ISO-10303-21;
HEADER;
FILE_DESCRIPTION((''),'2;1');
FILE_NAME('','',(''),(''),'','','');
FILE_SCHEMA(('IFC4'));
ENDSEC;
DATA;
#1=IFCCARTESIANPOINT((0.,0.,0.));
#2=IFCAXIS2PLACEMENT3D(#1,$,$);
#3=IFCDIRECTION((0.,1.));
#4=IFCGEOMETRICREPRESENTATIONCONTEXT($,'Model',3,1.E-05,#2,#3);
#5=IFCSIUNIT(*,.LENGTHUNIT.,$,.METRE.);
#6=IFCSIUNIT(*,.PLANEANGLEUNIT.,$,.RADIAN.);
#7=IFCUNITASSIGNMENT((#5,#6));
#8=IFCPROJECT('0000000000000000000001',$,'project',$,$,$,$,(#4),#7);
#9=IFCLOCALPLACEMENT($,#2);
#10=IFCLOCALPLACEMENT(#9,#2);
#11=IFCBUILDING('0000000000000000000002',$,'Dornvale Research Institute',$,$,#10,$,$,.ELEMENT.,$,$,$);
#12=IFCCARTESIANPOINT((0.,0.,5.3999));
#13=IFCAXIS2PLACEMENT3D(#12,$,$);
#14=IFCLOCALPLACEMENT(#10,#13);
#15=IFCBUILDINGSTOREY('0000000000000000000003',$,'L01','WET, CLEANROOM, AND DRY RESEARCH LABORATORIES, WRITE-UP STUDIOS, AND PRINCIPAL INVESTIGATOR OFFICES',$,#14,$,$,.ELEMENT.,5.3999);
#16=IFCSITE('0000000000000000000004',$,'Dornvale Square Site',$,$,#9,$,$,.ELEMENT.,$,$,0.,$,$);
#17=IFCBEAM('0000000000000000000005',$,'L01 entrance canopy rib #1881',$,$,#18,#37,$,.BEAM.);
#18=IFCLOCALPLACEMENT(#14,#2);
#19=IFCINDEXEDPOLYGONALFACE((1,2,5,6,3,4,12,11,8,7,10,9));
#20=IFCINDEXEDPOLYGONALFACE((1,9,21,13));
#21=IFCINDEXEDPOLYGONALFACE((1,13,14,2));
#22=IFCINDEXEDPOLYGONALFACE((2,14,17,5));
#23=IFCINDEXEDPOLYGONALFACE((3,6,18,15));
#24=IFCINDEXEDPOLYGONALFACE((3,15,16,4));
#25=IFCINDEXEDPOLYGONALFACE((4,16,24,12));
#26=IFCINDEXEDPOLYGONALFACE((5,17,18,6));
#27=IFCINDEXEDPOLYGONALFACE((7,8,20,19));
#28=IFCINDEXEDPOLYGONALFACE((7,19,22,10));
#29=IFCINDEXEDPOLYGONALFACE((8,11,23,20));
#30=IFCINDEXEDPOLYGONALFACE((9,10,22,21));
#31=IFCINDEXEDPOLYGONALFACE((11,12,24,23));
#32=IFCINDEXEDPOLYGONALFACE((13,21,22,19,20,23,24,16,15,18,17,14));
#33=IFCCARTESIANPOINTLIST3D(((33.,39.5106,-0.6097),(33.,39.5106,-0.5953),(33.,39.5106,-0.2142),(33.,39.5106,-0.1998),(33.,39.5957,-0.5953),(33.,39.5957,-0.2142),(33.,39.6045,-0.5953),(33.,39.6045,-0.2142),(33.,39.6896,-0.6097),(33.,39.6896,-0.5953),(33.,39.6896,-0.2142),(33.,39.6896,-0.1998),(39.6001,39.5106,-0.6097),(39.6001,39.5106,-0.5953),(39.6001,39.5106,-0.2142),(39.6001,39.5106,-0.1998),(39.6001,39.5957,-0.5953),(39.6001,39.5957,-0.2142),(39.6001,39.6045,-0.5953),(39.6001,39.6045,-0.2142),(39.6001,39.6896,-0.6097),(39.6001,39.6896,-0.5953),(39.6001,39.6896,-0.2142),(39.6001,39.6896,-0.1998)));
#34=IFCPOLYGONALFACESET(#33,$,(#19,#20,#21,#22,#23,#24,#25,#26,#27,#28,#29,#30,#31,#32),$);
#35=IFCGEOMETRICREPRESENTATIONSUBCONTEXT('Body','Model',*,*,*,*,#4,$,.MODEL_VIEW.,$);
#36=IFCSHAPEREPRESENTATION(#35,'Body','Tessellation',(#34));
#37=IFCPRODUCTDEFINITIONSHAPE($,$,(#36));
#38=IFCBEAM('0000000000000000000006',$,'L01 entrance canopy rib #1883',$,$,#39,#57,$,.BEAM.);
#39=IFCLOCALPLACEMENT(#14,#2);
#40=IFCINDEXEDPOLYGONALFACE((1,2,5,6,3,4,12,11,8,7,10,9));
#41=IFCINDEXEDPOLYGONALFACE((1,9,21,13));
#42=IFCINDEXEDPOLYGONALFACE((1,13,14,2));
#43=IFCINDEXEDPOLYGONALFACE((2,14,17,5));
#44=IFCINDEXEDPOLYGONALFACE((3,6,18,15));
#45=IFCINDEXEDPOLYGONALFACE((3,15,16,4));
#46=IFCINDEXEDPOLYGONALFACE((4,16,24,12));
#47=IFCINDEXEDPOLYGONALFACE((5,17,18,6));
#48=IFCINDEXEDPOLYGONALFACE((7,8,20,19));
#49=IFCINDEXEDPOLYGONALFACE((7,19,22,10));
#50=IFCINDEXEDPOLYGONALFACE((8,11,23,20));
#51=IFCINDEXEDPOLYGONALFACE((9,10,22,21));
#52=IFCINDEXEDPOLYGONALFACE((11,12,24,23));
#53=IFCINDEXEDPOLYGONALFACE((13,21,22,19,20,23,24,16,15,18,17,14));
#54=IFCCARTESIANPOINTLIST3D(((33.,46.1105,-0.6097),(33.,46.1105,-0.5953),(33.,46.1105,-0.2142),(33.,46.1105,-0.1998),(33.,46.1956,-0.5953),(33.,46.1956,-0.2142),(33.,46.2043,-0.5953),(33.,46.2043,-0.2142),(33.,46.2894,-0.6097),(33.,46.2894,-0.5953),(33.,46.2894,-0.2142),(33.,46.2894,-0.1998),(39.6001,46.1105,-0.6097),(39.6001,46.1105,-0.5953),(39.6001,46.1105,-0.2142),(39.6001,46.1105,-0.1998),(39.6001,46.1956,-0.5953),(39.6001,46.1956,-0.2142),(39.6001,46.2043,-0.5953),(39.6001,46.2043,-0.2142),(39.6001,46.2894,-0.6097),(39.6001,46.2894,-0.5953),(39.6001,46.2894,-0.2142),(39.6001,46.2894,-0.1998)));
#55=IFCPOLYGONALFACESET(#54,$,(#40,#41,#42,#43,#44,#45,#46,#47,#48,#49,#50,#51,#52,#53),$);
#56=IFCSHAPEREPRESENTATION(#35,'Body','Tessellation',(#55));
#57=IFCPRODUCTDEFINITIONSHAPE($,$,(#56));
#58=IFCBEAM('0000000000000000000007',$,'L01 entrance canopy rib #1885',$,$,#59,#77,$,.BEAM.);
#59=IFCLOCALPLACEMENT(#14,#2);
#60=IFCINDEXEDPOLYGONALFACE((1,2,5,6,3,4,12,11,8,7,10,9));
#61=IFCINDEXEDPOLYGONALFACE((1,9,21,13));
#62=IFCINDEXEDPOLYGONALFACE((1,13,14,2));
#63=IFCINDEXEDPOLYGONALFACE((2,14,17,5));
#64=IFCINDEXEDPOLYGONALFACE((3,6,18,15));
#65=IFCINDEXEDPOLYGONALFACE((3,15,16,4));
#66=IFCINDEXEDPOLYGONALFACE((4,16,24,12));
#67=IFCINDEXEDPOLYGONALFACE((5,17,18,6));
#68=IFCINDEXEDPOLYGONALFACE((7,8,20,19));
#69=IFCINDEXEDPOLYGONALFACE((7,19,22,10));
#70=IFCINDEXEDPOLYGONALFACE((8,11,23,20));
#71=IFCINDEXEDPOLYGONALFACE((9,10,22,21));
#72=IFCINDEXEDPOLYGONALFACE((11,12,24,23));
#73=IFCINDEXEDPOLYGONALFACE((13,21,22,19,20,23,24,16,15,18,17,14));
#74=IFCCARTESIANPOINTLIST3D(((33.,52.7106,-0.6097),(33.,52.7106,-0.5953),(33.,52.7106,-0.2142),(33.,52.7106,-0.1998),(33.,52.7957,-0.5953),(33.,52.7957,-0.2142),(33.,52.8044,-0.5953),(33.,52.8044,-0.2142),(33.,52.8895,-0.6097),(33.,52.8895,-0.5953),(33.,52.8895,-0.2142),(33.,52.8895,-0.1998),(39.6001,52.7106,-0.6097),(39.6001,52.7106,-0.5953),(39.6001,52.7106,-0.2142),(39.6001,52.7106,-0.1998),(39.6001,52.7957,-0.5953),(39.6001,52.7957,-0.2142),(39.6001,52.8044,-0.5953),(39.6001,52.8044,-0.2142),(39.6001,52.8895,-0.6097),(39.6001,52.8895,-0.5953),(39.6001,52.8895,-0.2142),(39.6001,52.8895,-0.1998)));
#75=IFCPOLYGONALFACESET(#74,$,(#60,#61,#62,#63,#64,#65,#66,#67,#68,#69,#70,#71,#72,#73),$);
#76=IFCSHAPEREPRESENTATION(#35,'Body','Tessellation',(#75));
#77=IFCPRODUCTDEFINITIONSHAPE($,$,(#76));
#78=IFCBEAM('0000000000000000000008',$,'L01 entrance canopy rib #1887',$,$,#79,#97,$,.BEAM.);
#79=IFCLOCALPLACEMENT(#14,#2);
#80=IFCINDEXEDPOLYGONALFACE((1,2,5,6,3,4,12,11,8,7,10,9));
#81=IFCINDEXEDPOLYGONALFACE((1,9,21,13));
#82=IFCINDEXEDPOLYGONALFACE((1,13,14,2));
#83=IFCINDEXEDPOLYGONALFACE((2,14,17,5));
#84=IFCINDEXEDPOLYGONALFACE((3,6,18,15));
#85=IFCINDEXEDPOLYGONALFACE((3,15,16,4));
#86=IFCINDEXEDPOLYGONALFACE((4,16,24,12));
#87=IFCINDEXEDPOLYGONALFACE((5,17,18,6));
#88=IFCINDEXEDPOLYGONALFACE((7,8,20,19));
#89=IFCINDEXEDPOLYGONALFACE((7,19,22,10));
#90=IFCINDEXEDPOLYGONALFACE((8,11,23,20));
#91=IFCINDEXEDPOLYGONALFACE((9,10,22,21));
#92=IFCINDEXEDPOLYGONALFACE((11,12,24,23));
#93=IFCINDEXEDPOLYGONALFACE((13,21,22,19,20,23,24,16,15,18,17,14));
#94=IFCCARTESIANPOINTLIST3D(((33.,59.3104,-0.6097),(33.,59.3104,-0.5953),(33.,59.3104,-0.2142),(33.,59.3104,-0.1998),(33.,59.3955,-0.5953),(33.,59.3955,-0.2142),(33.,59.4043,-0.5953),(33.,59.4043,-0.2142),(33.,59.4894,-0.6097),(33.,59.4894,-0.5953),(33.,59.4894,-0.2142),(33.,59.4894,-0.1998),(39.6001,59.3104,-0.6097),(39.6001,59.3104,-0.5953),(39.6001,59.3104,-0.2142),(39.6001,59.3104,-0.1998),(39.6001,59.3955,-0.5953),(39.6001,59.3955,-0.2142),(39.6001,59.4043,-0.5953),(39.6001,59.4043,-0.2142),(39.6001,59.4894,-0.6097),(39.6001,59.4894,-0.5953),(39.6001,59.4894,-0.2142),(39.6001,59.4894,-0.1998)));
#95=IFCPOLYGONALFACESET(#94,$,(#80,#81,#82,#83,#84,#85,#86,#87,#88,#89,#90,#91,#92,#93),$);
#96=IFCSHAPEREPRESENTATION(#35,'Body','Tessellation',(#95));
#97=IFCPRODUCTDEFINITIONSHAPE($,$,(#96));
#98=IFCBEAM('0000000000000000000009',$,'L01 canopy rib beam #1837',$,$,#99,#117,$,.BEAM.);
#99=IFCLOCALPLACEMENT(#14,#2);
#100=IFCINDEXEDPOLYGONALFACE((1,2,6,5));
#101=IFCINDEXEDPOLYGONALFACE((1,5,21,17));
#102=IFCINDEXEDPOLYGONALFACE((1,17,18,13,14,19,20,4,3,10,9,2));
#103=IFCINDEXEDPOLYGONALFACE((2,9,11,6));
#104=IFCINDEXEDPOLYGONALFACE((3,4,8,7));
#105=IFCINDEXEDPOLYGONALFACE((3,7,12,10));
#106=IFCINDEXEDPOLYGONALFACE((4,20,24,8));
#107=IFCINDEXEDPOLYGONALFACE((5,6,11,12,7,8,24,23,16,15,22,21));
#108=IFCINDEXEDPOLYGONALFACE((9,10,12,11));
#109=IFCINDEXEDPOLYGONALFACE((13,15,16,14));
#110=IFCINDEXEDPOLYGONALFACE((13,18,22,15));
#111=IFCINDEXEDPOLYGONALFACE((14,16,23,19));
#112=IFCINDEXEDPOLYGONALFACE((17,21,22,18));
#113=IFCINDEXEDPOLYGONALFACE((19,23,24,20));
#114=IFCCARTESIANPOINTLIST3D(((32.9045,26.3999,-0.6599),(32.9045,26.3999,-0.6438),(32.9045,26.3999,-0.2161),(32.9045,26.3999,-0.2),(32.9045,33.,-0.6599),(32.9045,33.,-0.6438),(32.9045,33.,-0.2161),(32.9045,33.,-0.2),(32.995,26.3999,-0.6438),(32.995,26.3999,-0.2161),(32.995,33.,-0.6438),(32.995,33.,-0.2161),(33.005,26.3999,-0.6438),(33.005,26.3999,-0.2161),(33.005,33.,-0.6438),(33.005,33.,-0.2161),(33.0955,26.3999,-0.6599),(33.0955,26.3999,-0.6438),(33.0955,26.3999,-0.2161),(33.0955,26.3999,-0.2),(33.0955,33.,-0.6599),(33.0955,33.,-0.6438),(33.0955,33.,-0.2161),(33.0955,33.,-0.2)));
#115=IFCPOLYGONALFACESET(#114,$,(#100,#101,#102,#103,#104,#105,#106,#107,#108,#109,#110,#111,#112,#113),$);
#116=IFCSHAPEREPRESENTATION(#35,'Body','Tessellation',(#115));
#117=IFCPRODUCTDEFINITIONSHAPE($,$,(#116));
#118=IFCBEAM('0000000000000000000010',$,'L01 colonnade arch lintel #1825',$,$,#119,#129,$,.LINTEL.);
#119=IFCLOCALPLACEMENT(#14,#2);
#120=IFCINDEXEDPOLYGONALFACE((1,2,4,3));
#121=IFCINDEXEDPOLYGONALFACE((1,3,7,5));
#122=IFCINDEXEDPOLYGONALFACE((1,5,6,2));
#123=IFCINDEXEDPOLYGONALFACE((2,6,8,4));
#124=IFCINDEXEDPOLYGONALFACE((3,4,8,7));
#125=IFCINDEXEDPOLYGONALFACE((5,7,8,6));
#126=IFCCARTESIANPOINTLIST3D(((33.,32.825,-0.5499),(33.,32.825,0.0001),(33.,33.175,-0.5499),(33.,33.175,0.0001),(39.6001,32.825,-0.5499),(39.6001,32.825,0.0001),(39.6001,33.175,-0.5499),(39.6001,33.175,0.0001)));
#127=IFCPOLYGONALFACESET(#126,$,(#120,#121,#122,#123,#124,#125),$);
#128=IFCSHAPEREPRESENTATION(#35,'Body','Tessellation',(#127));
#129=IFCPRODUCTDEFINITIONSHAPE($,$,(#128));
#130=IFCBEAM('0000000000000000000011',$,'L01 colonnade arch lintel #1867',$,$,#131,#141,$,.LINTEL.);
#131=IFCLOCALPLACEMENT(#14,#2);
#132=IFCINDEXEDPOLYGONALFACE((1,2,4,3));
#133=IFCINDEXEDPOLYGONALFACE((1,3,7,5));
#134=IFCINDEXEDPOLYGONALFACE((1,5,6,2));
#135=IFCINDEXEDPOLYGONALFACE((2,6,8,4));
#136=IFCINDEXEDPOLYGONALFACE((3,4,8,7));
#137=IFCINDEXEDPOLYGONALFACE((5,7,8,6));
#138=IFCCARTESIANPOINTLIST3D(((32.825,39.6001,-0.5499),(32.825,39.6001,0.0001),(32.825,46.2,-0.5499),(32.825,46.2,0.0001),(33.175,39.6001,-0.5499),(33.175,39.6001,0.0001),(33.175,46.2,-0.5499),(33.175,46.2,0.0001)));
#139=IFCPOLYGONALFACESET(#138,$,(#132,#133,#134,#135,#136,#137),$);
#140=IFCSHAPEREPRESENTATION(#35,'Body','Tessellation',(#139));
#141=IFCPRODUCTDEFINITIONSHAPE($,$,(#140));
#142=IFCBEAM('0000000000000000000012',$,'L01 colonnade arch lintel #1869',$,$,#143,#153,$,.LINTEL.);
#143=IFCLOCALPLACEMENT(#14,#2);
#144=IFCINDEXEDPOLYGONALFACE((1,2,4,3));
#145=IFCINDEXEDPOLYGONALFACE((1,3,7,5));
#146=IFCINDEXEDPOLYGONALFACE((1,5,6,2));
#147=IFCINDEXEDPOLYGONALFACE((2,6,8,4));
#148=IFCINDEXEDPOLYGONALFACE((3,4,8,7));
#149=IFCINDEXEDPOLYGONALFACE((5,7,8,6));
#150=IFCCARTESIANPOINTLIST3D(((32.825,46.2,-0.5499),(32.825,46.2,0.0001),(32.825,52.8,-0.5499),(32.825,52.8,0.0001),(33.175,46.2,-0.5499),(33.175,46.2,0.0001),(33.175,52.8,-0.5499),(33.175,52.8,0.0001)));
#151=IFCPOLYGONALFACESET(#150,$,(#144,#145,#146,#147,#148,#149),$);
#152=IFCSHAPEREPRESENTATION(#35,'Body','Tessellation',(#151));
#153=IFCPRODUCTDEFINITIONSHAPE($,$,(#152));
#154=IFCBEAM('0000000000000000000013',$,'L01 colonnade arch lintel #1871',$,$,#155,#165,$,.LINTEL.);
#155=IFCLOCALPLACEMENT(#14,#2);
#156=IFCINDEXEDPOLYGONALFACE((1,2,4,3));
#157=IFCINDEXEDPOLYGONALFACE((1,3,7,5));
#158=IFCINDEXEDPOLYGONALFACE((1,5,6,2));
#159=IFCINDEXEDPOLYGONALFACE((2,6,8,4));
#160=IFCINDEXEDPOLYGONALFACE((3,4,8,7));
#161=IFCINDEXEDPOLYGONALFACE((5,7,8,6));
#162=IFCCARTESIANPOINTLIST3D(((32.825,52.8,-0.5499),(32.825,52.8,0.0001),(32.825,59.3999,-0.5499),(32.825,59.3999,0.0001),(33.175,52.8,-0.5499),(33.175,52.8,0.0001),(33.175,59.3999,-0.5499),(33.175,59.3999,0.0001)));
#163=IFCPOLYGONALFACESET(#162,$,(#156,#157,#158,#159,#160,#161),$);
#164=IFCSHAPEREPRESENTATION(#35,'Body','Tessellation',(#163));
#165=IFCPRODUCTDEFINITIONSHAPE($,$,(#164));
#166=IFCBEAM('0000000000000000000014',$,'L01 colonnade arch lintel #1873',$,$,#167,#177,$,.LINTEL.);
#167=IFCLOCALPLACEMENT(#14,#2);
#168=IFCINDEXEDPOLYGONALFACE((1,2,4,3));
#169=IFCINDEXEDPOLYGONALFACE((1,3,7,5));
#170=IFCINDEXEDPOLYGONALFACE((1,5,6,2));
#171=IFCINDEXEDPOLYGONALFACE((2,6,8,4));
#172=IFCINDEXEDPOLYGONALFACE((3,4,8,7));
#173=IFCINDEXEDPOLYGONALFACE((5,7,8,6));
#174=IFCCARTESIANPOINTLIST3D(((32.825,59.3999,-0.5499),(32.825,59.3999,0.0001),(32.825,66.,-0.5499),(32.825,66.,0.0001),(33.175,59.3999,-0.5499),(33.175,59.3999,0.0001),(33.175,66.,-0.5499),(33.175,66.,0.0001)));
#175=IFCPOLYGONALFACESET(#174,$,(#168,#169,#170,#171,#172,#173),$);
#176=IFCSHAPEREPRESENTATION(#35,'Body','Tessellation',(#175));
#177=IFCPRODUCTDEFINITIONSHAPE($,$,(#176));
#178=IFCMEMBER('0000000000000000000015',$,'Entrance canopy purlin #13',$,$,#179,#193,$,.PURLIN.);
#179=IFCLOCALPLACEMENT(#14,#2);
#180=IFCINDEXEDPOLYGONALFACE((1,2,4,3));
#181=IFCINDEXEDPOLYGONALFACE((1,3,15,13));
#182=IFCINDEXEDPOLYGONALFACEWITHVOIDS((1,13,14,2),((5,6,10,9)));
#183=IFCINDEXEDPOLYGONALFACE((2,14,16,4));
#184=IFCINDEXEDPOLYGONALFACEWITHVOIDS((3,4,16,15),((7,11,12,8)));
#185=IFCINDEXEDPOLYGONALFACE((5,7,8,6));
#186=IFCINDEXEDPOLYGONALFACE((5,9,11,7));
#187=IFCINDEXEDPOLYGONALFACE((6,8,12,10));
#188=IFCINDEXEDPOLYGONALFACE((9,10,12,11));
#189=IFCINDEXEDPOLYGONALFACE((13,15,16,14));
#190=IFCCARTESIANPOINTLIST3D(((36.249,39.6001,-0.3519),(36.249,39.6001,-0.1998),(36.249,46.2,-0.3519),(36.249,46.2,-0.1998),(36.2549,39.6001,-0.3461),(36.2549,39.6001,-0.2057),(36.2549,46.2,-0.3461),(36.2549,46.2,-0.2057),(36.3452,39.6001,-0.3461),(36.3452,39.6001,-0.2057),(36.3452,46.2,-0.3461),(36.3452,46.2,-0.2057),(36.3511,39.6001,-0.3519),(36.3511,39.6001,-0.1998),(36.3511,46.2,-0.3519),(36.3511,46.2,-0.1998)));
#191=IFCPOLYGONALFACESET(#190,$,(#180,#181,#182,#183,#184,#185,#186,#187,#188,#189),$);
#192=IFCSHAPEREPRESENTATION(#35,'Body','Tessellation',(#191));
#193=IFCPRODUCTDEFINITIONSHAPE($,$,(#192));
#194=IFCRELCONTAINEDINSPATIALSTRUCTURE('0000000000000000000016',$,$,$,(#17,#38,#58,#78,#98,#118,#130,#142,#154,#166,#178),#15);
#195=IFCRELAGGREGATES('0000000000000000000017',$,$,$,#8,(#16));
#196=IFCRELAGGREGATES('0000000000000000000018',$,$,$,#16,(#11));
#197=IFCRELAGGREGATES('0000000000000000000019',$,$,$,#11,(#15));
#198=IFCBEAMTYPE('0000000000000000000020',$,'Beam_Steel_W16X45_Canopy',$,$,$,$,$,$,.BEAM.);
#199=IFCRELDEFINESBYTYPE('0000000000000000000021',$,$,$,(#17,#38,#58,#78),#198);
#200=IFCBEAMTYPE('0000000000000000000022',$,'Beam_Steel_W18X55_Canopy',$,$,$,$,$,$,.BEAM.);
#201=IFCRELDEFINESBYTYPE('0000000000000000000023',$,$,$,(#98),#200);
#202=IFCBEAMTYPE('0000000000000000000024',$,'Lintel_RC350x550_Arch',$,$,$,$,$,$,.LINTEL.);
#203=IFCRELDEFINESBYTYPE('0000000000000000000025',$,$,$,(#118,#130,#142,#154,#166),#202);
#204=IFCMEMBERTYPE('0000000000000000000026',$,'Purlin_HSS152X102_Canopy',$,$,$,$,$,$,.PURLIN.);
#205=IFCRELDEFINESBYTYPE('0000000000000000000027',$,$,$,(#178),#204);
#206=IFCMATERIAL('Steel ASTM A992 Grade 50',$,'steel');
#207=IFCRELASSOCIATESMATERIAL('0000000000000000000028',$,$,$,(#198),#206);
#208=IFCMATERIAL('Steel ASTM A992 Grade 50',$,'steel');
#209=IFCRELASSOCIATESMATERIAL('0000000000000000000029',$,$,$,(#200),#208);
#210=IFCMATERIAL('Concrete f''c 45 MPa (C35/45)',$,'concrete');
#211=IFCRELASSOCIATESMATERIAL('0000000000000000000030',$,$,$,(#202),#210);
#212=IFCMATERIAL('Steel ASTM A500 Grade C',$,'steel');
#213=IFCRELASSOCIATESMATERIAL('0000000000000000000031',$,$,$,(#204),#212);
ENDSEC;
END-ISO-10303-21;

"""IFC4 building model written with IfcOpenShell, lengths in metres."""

from ifc_helpers import new_model, si_unit, direction, frame, origin, origin_2d, place, context, subcontext, project, spatial, rectangle, hollow_rectangle, i_section, extrude, material, material_profile, profile_set, type_object, element, save


model = new_model("IFC4")

# Units and contexts
model_context = context("Model", 3, precision=1e-05, world=origin(), true_north=direction((0.0, 1.0)))
body_context = subcontext(model_context, "Body", "Model", "MODEL_VIEW")
ifc_project = project(units=[si_unit("LENGTHUNIT", "METRE"), si_unit("PLANEANGLEUNIT", "RADIAN")], contexts=[model_context])

# Site, building, storey
site_placement = place(None, origin())
site = spatial("IfcSite", under=ifc_project, at=site_placement, Name="Dornvale Square Site", CompositionType="ELEMENT", RefElevation=0.0)
building_placement = place(site_placement, origin())
building = spatial("IfcBuilding", under=site, at=building_placement, Name="Dornvale Research Institute", CompositionType="ELEMENT")
storey_placement = place(building_placement, frame((0.0, 0.0, 5.3999)))
storey = spatial("IfcBuildingStorey", under=building, at=storey_placement, Name="L01", Description="WET, CLEANROOM, AND DRY RESEARCH LABORATORIES, WRITE-UP STUDIOS, AND PRINCIPAL INVESTIGATOR OFFICES", CompositionType="ELEMENT", Elevation=5.3999)

# Beams
ifc_material_1 = material(Name="Steel ASTM A992 Grade 50", Category="steel")
ifc_material_profile_1 = material_profile(ifc_material_1, i_section(OverallWidth=0.179, OverallDepth=0.4099, WebThickness=0.0088, FlangeThickness=0.0144, at=origin_2d()), Name="W16X45")
ifc_profile_set_1 = profile_set([ifc_material_profile_1], Name="Steel ASTM A992 Grade 50")
beam_type_1 = type_object("IfcBeamType", Name="Beam_Steel_W16X45_Canopy", PredefinedType="BEAM", material=ifc_profile_set_1)
for number, where, z_axis, x_axis, name in (
    (1, (33.0, 39.6001, -0.4048), (1.0, 0.0, 0.0), (0.0, 1.0, 0.0), "L01 entrance canopy rib #1881"),
    (2, (33.0, 46.2, -0.4048), (1.0, 0.0, 0.0), (0.0, 1.0, 0.0), "L01 entrance canopy rib #1883"),
    (3, (33.0, 52.8, -0.4048), (1.0, 0.0, 0.0), (0.0, 1.0, 0.0), "L01 entrance canopy rib #1885"),
    (4, (33.0, 59.3999, -0.4048), (1.0, 0.0, 0.0), (0.0, 1.0, 0.0), "L01 entrance canopy rib #1887"),
):
    element("IfcBeam", number, at=place(storey_placement, frame(where, z_axis=z_axis, x_axis=x_axis)), inside=storey, type_object=beam_type_1, Name=name, PredefinedType="BEAM", context=body_context, shape_type="SweptSolid", body=[
        extrude(i_section(OverallWidth=0.179, OverallDepth=0.4099, WebThickness=0.0088, FlangeThickness=0.0144, at=origin_2d()), origin(), (0.0, 0.0, 1.0), 6.6001),
    ])
ifc_material_2 = material(Name="Steel ASTM A992 Grade 50", Category="steel")
ifc_material_profile_2 = material_profile(ifc_material_2, i_section(OverallWidth=0.1909, OverallDepth=0.46, WebThickness=0.01, FlangeThickness=0.0161, at=origin_2d()), Name="W18X55")
ifc_profile_set_2 = profile_set([ifc_material_profile_2], Name="Steel ASTM A992 Grade 50")
beam_type_2 = type_object("IfcBeamType", Name="Beam_Steel_W18X55_Canopy", PredefinedType="BEAM", material=ifc_profile_set_2)
beam_1_placement = place(storey_placement, frame((33.0, 26.3999, -0.4299), z_axis=(0.0, 1.0, 0.0), x_axis=(-1.0, 0.0, 0.0)))
element("IfcBeam", 5, at=beam_1_placement, inside=storey, type_object=beam_type_2, Name="L01 canopy rib beam #1837", PredefinedType="BEAM", context=body_context, shape_type="SweptSolid", body=[
    extrude(i_section(OverallWidth=0.1909, OverallDepth=0.46, WebThickness=0.01, FlangeThickness=0.0161, at=origin_2d()), origin(), (0.0, 0.0, 1.0), 6.6001),
])
ifc_material_3 = material(Name="Concrete f'c 45 MPa (C35/45)", Category="concrete")
ifc_material_profile_3 = material_profile(ifc_material_3, rectangle(XDim=0.3501, YDim=0.55, at=origin_2d()), Name="RC 350x550")
ifc_profile_set_3 = profile_set([ifc_material_profile_3], Name="Concrete f'c 45 MPa (C35/45)")
beam_type_3 = type_object("IfcBeamType", Name="Lintel_RC350x550_Arch", PredefinedType="LINTEL", material=ifc_profile_set_3)
beam_2_placement = place(storey_placement, frame((33.0, 33.0, -0.2749), z_axis=(1.0, 0.0, 0.0), x_axis=(0.0, 1.0, 0.0)))
element("IfcBeam", 6, at=beam_2_placement, inside=storey, type_object=beam_type_3, Name="L01 colonnade arch lintel #1825", PredefinedType="LINTEL", context=body_context, shape_type="SweptSolid", body=[
    extrude(rectangle(XDim=0.3501, YDim=0.55, at=origin_2d()), origin(), (0.0, 0.0, 1.0), 6.6001),
])
beam_3_placement = place(storey_placement, frame((33.0, 39.6001, -0.2749), z_axis=(0.0, 1.0, 0.0), x_axis=(-1.0, 0.0, 0.0)))
element("IfcBeam", 7, at=beam_3_placement, inside=storey, type_object=beam_type_3, Name="L01 colonnade arch lintel #1867", PredefinedType="LINTEL", context=body_context, shape_type="SweptSolid", body=[
    extrude(rectangle(XDim=0.3501, YDim=0.55, at=origin_2d()), origin(), (0.0, 0.0, 1.0), 6.5999),
])
beam_4_placement = place(storey_placement, frame((33.0, 46.2, -0.2749), z_axis=(0.0, 1.0, 0.0), x_axis=(-1.0, 0.0, 0.0)))
element("IfcBeam", 8, at=beam_4_placement, inside=storey, type_object=beam_type_3, Name="L01 colonnade arch lintel #1869", PredefinedType="LINTEL", context=body_context, shape_type="SweptSolid", body=[
    extrude(rectangle(XDim=0.3501, YDim=0.55, at=origin_2d()), origin(), (0.0, 0.0, 1.0), 6.6001),
])
beam_5_placement = place(storey_placement, frame((33.0, 52.8, -0.2749), z_axis=(0.0, 1.0, 0.0), x_axis=(-1.0, 0.0, 0.0)))
element("IfcBeam", 9, at=beam_5_placement, inside=storey, type_object=beam_type_3, Name="L01 colonnade arch lintel #1871", PredefinedType="LINTEL", context=body_context, shape_type="SweptSolid", body=[
    extrude(rectangle(XDim=0.3501, YDim=0.55, at=origin_2d()), origin(), (0.0, 0.0, 1.0), 6.5999),
])
beam_6_placement = place(storey_placement, frame((33.0, 59.3999, -0.2749), z_axis=(0.0, 1.0, 0.0), x_axis=(-1.0, 0.0, 0.0)))
element("IfcBeam", 10, at=beam_6_placement, inside=storey, type_object=beam_type_3, Name="L01 colonnade arch lintel #1873", PredefinedType="LINTEL", context=body_context, shape_type="SweptSolid", body=[
    extrude(rectangle(XDim=0.3501, YDim=0.55, at=origin_2d()), origin(), (0.0, 0.0, 1.0), 6.6001),
])

# Member
ifc_material_4 = material(Name="Steel ASTM A500 Grade C", Category="steel")
ifc_material_profile_4 = material_profile(ifc_material_4, hollow_rectangle(XDim=0.1021, YDim=0.1521, WallThickness=0.0059, at=origin_2d()), Name="HSS152X102X6.4")
ifc_profile_set_4 = profile_set([ifc_material_profile_4], Name="Steel ASTM A500 Grade C")
member_type_1 = type_object("IfcMemberType", Name="Purlin_HSS152X102_Canopy", PredefinedType="PURLIN", material=ifc_profile_set_4)
member_1_placement = place(storey_placement, frame((36.3, 39.6001, -0.2759), z_axis=(0.0, 1.0, 0.0), x_axis=(-1.0, 0.0, 0.0)))
element("IfcMember", 11, at=member_1_placement, inside=storey, type_object=member_type_1, Name="Entrance canopy purlin #13", PredefinedType="PURLIN", context=body_context, shape_type="SweptSolid", body=[
    extrude(hollow_rectangle(XDim=0.1021, YDim=0.1521, WallThickness=0.0059, at=origin_2d()), origin(), (0.0, 0.0, 1.0), 6.5999),
])

save(model, "model.ifc")
